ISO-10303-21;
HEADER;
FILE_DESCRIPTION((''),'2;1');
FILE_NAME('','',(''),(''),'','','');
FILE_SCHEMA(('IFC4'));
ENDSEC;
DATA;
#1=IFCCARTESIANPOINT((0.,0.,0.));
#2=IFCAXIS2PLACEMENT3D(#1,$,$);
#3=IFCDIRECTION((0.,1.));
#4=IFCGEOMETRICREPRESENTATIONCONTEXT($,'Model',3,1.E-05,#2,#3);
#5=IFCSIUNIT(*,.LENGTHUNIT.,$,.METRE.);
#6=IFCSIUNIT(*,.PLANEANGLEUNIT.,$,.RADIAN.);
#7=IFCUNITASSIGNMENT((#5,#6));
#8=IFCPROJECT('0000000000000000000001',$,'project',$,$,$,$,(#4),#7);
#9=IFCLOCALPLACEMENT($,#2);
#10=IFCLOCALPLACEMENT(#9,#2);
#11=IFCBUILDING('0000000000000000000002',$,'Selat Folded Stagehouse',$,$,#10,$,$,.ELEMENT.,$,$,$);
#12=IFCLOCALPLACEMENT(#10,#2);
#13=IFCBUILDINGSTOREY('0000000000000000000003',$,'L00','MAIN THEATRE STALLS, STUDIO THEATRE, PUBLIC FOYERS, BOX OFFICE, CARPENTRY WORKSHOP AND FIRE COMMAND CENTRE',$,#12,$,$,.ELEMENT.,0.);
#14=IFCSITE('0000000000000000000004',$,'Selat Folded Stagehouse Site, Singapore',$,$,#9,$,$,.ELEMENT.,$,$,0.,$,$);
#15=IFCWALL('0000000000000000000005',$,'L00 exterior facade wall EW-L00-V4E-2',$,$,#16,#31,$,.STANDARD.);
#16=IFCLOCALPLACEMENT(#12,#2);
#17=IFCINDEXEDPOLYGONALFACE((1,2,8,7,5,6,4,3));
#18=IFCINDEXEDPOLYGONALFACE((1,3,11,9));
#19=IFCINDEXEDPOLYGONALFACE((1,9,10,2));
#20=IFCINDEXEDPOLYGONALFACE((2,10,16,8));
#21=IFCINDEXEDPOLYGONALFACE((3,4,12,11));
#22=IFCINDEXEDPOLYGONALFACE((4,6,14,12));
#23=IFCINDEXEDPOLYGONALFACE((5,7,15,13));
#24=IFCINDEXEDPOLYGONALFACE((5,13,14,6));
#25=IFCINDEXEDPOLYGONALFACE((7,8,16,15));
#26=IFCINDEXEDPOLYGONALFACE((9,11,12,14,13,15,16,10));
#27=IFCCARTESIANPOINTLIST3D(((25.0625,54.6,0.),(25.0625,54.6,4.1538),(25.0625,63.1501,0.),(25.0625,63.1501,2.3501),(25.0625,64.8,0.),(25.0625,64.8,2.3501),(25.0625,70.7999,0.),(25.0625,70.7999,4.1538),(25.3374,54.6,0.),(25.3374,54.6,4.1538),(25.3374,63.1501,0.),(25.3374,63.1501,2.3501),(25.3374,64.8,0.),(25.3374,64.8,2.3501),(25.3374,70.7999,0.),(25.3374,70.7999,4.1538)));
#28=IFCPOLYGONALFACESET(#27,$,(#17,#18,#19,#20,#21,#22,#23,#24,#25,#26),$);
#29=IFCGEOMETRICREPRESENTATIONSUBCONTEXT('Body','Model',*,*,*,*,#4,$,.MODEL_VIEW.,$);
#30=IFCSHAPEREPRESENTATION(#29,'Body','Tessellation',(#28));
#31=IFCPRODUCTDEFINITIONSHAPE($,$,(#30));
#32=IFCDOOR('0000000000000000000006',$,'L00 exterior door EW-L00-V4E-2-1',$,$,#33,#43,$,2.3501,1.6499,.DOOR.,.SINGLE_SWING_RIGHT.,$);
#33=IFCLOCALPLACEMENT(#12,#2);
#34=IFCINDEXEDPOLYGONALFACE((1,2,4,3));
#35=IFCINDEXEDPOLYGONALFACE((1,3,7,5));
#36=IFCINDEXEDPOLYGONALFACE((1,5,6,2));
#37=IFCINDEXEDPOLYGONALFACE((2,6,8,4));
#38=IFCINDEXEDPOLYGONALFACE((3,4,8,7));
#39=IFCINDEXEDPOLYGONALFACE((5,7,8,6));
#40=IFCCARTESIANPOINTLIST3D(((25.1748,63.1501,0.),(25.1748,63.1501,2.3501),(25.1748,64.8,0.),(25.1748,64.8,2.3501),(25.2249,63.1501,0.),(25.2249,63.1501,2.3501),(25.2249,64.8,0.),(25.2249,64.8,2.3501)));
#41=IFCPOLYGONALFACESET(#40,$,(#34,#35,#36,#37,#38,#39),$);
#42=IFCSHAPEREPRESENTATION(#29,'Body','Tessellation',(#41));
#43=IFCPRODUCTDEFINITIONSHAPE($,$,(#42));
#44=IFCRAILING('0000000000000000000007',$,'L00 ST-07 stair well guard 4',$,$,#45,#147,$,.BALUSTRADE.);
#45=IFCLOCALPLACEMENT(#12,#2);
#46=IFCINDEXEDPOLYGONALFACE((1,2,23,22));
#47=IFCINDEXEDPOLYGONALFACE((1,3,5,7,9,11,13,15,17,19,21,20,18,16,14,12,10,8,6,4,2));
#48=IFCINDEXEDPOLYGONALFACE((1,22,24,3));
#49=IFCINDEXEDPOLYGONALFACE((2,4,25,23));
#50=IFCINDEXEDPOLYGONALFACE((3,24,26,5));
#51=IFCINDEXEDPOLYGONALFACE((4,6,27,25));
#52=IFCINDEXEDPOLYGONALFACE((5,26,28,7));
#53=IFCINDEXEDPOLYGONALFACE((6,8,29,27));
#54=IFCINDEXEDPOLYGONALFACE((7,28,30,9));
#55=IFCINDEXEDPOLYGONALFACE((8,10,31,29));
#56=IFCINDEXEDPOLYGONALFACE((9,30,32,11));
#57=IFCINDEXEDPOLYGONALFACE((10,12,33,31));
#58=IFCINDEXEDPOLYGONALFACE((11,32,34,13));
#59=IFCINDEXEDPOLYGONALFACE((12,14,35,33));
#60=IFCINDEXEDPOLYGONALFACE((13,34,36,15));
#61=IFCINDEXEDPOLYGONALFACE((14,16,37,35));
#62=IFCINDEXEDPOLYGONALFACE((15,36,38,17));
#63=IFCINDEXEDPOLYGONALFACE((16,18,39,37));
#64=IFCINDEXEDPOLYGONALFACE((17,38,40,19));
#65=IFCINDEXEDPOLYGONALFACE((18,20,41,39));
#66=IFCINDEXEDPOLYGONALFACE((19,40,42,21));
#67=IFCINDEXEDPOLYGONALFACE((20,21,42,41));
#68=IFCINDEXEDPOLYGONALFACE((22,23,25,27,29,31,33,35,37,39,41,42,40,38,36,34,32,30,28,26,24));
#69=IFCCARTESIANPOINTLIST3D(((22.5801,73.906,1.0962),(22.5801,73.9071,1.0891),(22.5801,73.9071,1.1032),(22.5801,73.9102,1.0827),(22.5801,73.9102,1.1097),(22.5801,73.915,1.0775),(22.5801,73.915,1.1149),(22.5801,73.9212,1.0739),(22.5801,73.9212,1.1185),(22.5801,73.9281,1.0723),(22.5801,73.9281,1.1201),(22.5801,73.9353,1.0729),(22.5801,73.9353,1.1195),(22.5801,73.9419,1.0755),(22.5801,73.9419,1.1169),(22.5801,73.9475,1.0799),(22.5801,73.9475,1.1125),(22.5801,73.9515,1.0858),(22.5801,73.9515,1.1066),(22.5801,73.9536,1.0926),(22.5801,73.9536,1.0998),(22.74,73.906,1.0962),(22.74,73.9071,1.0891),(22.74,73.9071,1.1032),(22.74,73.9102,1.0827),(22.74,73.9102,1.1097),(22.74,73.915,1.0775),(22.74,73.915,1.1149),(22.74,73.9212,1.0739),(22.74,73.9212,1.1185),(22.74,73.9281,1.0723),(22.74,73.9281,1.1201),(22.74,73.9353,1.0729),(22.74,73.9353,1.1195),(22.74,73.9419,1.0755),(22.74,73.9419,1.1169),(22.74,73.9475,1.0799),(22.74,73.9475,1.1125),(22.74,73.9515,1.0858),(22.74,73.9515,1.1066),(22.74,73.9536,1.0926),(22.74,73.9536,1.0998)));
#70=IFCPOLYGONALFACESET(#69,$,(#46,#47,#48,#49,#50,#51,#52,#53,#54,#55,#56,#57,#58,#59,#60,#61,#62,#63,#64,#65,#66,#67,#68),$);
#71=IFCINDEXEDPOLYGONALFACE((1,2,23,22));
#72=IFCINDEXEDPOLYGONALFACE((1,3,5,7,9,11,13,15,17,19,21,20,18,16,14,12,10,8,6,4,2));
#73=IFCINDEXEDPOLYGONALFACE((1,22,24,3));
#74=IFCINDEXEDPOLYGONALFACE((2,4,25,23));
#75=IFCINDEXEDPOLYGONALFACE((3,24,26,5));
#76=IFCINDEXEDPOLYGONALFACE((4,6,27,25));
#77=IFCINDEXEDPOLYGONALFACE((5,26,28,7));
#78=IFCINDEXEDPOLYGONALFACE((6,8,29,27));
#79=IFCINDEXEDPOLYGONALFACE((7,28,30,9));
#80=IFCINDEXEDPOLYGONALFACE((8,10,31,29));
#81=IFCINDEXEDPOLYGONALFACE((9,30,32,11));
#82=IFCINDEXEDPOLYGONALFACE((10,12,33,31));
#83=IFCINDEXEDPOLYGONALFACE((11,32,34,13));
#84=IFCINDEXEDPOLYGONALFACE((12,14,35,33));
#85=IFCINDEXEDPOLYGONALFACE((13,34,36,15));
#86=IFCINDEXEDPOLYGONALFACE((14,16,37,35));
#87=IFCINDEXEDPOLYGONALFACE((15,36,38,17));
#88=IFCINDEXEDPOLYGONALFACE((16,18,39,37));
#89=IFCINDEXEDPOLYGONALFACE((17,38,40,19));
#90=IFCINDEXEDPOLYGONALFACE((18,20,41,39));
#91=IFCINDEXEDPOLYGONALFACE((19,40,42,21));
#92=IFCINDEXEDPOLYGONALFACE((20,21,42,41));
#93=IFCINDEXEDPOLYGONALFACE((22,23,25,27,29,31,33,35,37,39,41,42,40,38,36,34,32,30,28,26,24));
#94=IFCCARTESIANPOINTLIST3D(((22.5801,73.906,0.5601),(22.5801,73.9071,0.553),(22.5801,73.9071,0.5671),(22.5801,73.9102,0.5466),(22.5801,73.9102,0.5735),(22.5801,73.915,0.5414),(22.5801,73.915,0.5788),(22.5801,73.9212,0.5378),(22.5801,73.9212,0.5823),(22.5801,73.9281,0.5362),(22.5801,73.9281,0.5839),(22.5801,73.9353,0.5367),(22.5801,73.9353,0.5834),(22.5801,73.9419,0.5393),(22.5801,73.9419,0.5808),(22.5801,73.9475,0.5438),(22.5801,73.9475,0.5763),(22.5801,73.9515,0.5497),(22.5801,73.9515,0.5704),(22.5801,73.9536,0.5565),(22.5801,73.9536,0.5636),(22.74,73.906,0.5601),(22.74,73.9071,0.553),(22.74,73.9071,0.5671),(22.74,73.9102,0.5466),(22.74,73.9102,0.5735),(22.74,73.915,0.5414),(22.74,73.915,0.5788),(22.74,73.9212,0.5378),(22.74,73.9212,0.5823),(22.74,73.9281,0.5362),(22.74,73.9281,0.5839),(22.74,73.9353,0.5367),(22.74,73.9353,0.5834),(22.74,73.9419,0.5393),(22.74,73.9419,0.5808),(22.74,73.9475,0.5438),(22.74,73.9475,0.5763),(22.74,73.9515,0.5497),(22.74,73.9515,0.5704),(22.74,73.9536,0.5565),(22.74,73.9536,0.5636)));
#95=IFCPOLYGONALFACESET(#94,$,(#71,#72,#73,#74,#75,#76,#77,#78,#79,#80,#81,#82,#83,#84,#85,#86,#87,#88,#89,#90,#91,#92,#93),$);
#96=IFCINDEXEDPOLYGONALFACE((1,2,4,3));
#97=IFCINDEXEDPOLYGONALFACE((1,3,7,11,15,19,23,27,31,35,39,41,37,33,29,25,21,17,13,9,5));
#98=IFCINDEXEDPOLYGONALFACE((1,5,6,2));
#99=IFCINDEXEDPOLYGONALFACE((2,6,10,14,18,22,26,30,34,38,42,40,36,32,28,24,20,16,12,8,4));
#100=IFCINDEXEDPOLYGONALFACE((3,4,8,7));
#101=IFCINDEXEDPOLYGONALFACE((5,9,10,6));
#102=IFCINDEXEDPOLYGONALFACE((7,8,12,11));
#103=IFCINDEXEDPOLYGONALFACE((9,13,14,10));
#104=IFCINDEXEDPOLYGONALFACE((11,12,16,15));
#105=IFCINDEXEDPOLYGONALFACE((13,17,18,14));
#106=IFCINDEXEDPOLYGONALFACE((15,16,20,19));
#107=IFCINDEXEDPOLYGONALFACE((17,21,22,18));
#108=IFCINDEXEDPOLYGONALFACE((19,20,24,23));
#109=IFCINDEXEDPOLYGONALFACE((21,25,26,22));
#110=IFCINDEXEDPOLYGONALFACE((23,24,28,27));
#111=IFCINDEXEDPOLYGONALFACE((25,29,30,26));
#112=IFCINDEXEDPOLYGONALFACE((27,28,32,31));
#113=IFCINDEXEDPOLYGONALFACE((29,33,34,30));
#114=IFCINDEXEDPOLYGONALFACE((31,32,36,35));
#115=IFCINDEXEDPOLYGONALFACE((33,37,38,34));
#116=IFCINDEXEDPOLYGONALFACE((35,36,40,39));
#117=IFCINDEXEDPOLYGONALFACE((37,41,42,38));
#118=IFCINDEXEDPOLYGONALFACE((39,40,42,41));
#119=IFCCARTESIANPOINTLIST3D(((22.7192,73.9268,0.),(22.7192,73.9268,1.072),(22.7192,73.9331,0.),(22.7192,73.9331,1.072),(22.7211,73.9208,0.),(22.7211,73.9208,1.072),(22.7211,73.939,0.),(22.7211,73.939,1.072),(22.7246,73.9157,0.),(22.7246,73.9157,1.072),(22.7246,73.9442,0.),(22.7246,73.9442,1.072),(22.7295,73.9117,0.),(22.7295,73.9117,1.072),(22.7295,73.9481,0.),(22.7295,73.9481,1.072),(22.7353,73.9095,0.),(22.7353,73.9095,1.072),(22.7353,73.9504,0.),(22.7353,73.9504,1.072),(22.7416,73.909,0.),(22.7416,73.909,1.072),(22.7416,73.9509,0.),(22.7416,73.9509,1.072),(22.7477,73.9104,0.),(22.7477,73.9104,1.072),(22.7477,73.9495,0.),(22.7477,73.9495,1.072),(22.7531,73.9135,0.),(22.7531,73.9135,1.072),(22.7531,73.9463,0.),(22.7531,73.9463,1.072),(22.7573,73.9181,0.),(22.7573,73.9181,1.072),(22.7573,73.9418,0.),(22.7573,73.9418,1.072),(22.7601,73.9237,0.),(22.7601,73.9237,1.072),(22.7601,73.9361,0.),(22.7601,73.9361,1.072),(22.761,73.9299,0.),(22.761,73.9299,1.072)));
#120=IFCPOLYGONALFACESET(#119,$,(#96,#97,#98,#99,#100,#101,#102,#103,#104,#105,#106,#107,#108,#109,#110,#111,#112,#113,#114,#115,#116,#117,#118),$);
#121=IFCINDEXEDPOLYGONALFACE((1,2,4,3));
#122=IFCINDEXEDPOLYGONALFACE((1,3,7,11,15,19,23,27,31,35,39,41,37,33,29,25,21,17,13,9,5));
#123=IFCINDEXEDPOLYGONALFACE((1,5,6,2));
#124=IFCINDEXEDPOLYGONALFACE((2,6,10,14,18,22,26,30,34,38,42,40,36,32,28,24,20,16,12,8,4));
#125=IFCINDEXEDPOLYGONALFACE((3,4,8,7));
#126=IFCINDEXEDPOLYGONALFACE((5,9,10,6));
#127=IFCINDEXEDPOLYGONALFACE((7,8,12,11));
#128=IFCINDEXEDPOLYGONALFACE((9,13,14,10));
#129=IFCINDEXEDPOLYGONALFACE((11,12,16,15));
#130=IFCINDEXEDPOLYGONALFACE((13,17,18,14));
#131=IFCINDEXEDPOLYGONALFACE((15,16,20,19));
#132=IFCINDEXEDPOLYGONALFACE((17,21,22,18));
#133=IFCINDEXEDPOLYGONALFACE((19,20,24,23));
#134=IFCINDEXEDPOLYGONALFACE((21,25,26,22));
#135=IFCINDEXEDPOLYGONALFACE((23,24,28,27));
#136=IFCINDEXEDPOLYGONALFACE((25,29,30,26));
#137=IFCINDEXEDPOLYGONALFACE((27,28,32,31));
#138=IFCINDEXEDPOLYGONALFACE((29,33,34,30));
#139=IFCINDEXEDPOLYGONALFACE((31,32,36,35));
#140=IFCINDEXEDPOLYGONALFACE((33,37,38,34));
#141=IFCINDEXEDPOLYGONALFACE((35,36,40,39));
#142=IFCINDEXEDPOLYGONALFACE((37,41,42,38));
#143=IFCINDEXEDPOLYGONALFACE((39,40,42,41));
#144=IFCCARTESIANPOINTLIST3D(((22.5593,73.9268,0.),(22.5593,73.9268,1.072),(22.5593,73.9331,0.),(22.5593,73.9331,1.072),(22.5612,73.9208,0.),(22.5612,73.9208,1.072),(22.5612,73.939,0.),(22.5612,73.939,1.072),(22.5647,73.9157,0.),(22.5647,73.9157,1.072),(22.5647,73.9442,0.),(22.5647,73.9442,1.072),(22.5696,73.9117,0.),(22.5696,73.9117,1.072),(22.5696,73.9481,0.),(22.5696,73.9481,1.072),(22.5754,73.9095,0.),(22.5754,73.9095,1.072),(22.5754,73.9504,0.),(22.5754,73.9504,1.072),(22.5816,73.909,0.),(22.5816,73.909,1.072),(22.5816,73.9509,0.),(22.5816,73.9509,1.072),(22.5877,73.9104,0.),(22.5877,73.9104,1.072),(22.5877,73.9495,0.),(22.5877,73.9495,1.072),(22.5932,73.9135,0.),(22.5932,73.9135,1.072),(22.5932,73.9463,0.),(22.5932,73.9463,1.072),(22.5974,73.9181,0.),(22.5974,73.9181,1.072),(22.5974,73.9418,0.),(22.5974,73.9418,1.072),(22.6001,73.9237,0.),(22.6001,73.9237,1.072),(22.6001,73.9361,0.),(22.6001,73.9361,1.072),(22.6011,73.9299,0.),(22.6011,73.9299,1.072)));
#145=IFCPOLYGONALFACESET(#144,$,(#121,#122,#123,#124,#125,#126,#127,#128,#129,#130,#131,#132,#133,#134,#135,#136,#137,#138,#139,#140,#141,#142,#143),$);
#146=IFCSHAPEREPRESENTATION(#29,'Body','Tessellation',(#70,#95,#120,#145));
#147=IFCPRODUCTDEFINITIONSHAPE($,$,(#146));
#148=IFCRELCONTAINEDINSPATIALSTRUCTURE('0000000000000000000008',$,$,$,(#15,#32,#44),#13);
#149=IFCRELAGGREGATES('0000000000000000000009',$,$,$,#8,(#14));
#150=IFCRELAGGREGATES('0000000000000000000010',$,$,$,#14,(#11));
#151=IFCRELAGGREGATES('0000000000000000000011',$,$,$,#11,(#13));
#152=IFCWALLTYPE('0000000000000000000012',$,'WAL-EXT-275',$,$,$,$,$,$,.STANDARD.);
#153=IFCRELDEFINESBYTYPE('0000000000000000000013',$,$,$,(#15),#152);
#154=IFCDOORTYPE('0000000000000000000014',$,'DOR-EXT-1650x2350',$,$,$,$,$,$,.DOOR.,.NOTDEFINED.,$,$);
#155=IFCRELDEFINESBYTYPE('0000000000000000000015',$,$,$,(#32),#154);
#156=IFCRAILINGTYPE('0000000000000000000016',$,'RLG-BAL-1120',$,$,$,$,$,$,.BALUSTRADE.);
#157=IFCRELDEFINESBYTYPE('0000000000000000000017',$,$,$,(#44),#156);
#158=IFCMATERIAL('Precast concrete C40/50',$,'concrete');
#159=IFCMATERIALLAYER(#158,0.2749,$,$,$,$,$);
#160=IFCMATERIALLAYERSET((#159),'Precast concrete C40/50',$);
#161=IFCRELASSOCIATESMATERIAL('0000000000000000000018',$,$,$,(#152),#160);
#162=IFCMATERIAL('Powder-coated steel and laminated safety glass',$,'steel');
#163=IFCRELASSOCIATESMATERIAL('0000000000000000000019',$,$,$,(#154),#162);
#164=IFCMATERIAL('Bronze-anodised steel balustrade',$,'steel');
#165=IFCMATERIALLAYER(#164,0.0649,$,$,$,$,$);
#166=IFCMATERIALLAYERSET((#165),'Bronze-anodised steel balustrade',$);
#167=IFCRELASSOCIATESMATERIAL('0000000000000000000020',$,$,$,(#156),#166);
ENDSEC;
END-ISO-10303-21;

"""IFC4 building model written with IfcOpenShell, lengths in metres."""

from ifc_helpers import new_model, si_unit, direction, frame, frame_2d, origin, origin_2d, place, context, subcontext, project, spatial, rectangle, circle, extrude, material, layer, layer_set, type_object, element, fill, save


model = new_model("IFC4")

# Units and contexts
model_context = context("Model", 3, precision=1e-05, world=origin(), true_north=direction((0.0, 1.0)))
body_context = subcontext(model_context, "Body", "Model", "MODEL_VIEW")
ifc_project = project(units=[si_unit("LENGTHUNIT", "METRE"), si_unit("PLANEANGLEUNIT", "RADIAN")], contexts=[model_context])

# Site, building, storey
site_placement = place(None, origin())
site = spatial("IfcSite", under=ifc_project, at=site_placement, Name="Selat Folded Stagehouse Site, Singapore", CompositionType="ELEMENT", RefElevation=0.0)
building_placement = place(site_placement, origin())
building = spatial("IfcBuilding", under=site, at=building_placement, Name="Selat Folded Stagehouse", CompositionType="ELEMENT")
storey_placement = place(building_placement, origin())
storey = spatial("IfcBuildingStorey", under=building, at=storey_placement, Name="L00", Description="MAIN THEATRE STALLS, STUDIO THEATRE, PUBLIC FOYERS, BOX OFFICE, CARPENTRY WORKSHOP AND FIRE COMMAND CENTRE", CompositionType="ELEMENT", Elevation=0.0)

# Wall, opening, door
ifc_material_1 = material(Name="Precast concrete C40/50", Category="concrete")
ifc_layer_1 = layer(ifc_material_1, 0.2749)
ifc_layer_set_1 = layer_set([ifc_layer_1], Name="Precast concrete C40/50")
wall_type_1 = type_object("IfcWallType", Name="WAL-EXT-275", PredefinedType="STANDARD", material=ifc_layer_set_1)
wall_1_placement = place(storey_placement, frame((25.2, 70.8, 0.0), z_axis=(0.0, 0.0, 1.0), x_axis=(0.0, -1.0, 0.0)))
wall_1 = element("IfcWall", 1, at=wall_1_placement, inside=storey, type_object=wall_type_1, Name="L00 exterior facade wall EW-L00-V4E-2", PredefinedType="STANDARD", context=body_context, shape_type="SweptSolid", body=[
    extrude(rectangle(XDim=16.2, YDim=0.2749, at=frame_2d((8.1001, 0.0))), origin(), (0.0, 0.0, 1.0), 4.1538),
])
opening_1_placement = place(wall_1_placement, frame((6.0, 0.0, 0.0)))
opening_1 = element("IfcOpeningElement", 2, at=opening_1_placement, cuts=wall_1, PredefinedType="OPENING", context=body_context, shape_type="SweptSolid", body=[
    extrude(rectangle(XDim=1.6499, YDim=2.3501, at=frame_2d((0.825, 1.175))), frame((0.0, 0.1475, 0.0), z_axis=(0.0, -1.0, 0.0), x_axis=(1.0, 0.0, 0.0)), (0.0, 0.0, 1.0), 0.2949),
])
ifc_material_2 = material(Name="Powder-coated steel and laminated safety glass", Category="steel")
door_type_1 = type_object("IfcDoorType", Name="DOR-EXT-1650x2350", OperationType="NOTDEFINED", PredefinedType="DOOR", material=ifc_material_2)
door_1_placement = place(opening_1_placement, origin())
door_1 = element("IfcDoor", 3, at=door_1_placement, inside=storey, type_object=door_type_1, Name="L00 exterior door EW-L00-V4E-2-1", OperationType="SINGLE_SWING_RIGHT", OverallHeight=2.3501, OverallWidth=1.6499, PredefinedType="DOOR", context=body_context, shape_type="SweptSolid", body=[
    extrude(rectangle(XDim=1.6499, YDim=2.3501, at=frame_2d((0.825, 1.175))), frame((0.0, 0.0249, 0.0), z_axis=(0.0, -1.0, 0.0), x_axis=(1.0, 0.0, 0.0)), (0.0, 0.0, 1.0), 0.05),
])
fill(opening_1, door_1)

# Railing
ifc_material_3 = material(Name="Bronze-anodised steel balustrade", Category="steel")
ifc_layer_2 = layer(ifc_material_3, 0.0649)
ifc_layer_set_2 = layer_set([ifc_layer_2], Name="Bronze-anodised steel balustrade")
railing_type = type_object("IfcRailingType", Name="RLG-BAL-1120", PredefinedType="BALUSTRADE", material=ifc_layer_set_2)
railing_1_placement = place(storey_placement, frame((22.74, 73.9299, 0.0)))
element("IfcRailing", 4, at=railing_1_placement, inside=storey, type_object=railing_type, Name="L00 ST-07 stair well guard 4", PredefinedType="BALUSTRADE", context=body_context, shape_type="SweptSolid", body=[
    extrude(circle(Radius=0.0239, at=origin_2d()), frame((0.0, 0.0, 1.0962), z_axis=(-1.0, 0.0, 0.0), x_axis=(0.0, -1.0, 0.0)), (0.0, 0.0, 1.0), 0.1599),
    extrude(circle(Radius=0.0239, at=origin_2d()), frame((0.0, 0.0, 0.5601), z_axis=(-1.0, 0.0, 0.0), x_axis=(0.0, -1.0, 0.0)), (0.0, 0.0, 1.0), 0.1599),
    extrude(circle(Radius=0.021, at=origin_2d()), origin(), (0.0, 0.0, 1.0), 1.072),
    extrude(circle(Radius=0.021, at=origin_2d()), frame((-0.1599, 0.0, 0.0)), (0.0, 0.0, 1.0), 1.072),
])

save(model, "model.ifc")
